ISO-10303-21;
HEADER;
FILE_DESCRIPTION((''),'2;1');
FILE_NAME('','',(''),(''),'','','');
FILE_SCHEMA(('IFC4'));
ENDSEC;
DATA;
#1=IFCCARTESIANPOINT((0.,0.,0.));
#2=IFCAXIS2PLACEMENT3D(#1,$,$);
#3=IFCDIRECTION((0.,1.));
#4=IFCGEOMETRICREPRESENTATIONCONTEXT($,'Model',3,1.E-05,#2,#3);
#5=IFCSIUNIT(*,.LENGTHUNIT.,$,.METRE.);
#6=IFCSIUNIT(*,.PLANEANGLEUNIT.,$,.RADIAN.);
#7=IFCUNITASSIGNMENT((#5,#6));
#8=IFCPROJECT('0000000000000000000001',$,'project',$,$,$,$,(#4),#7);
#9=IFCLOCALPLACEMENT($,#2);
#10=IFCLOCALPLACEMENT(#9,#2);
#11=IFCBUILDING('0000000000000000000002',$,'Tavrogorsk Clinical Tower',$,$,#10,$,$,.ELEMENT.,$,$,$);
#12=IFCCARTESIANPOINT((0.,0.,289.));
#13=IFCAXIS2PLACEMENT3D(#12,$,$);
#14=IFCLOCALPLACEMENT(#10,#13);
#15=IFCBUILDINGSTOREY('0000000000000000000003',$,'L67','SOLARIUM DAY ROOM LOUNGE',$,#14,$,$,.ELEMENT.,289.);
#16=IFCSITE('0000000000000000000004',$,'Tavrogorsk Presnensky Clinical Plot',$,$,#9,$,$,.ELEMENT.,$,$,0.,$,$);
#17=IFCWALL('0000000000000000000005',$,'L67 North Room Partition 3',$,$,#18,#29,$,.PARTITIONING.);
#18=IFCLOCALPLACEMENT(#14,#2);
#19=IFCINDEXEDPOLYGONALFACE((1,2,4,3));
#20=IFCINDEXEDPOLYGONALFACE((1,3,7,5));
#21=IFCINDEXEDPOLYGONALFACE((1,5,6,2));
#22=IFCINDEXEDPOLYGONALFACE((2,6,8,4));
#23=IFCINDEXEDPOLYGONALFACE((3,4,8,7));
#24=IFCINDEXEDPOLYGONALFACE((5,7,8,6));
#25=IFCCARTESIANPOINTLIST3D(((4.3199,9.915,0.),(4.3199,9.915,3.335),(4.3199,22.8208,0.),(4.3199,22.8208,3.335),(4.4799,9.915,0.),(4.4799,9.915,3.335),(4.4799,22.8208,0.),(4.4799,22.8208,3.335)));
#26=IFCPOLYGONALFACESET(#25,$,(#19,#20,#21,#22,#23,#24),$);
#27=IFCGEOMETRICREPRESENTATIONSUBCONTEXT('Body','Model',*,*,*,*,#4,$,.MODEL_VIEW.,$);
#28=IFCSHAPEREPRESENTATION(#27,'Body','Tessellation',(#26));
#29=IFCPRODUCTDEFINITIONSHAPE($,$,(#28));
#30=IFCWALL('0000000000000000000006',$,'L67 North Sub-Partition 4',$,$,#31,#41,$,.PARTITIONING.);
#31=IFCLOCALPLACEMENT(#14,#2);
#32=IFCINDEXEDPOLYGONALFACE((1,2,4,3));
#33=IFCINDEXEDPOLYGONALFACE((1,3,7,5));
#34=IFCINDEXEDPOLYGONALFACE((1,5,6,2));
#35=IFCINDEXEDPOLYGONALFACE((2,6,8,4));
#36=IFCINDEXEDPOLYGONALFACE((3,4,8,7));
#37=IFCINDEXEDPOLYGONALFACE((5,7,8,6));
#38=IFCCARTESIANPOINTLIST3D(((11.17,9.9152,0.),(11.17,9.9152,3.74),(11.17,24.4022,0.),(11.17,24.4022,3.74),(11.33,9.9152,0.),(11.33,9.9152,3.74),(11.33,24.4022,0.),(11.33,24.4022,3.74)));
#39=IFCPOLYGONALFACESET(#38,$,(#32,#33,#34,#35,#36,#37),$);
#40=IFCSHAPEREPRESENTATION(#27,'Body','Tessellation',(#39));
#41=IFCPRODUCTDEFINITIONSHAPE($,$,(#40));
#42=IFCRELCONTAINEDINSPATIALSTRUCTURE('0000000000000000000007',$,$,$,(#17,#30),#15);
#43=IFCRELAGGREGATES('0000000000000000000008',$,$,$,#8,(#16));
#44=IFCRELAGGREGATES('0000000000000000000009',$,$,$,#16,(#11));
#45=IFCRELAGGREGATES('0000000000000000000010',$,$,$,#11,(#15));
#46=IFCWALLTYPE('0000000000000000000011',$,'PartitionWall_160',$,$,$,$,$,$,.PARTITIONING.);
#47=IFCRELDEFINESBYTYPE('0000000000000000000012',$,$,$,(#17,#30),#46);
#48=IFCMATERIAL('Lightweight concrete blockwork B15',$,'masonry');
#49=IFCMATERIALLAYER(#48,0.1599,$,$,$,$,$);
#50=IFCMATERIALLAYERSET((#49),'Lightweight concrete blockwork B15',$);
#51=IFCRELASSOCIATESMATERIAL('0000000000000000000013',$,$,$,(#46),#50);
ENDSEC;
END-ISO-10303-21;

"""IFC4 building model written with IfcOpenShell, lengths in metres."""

from ifc_helpers import new_model, si_unit, direction, frame, frame_2d, origin, place, context, subcontext, project, spatial, rectangle, extrude, material, layer, layer_set, type_object, element, save


model = new_model("IFC4")

# Units and contexts
model_context = context("Model", 3, precision=1e-05, world=origin(), true_north=direction((0.0, 1.0)))
body_context = subcontext(model_context, "Body", "Model", "MODEL_VIEW")
ifc_project = project(units=[si_unit("LENGTHUNIT", "METRE"), si_unit("PLANEANGLEUNIT", "RADIAN")], contexts=[model_context])

# Site, building, storey
site_placement = place(None, origin())
site = spatial("IfcSite", under=ifc_project, at=site_placement, Name="Tavrogorsk Presnensky Clinical Plot", CompositionType="ELEMENT", RefElevation=0.0)
building_placement = place(site_placement, origin())
building = spatial("IfcBuilding", under=site, at=building_placement, Name="Tavrogorsk Clinical Tower", CompositionType="ELEMENT")
storey_placement = place(building_placement, frame((0.0, 0.0, 289.0)))
storey = spatial("IfcBuildingStorey", under=building, at=storey_placement, Name="L67", Description="SOLARIUM DAY ROOM LOUNGE", CompositionType="ELEMENT", Elevation=289.0)

# Shared definitions
ifc_material_1 = material(Name="Lightweight concrete blockwork B15", Category="masonry")
ifc_layer_1 = layer(ifc_material_1, 0.1599)
ifc_layer_set_1 = layer_set([ifc_layer_1], Name="Lightweight concrete blockwork B15")
wall_type = type_object("IfcWallType", Name="PartitionWall_160", PredefinedType="PARTITIONING", material=ifc_layer_set_1)

# Walls
wall_1_placement = place(storey_placement, frame((4.3999, 9.915, 0.0), z_axis=(0.0, 0.0, 1.0), x_axis=(0.0, 1.0, 0.0)))
element("IfcWall", 1, at=wall_1_placement, inside=storey, type_object=wall_type, Name="L67 North Room Partition 3", PredefinedType="PARTITIONING", context=body_context, shape_type="SweptSolid", body=[
    extrude(rectangle(XDim=12.9058, YDim=0.1599, at=frame_2d((6.4529, 0.0))), origin(), (0.0, 0.0, 1.0), 3.335),
])
wall_2_placement = place(storey_placement, frame((11.25, 9.915, 0.0), z_axis=(0.0, 0.0, 1.0), x_axis=(0.0, 1.0, 0.0)))
element("IfcWall", 2, at=wall_2_placement, inside=storey, type_object=wall_type, Name="L67 North Sub-Partition 4", PredefinedType="PARTITIONING", context=body_context, shape_type="SweptSolid", body=[
    extrude(rectangle(XDim=14.4871, YDim=0.1599, at=frame_2d((7.2437, 0.0))), origin(), (0.0, 0.0, 1.0), 3.74),
])

save(model, "model.ifc")
